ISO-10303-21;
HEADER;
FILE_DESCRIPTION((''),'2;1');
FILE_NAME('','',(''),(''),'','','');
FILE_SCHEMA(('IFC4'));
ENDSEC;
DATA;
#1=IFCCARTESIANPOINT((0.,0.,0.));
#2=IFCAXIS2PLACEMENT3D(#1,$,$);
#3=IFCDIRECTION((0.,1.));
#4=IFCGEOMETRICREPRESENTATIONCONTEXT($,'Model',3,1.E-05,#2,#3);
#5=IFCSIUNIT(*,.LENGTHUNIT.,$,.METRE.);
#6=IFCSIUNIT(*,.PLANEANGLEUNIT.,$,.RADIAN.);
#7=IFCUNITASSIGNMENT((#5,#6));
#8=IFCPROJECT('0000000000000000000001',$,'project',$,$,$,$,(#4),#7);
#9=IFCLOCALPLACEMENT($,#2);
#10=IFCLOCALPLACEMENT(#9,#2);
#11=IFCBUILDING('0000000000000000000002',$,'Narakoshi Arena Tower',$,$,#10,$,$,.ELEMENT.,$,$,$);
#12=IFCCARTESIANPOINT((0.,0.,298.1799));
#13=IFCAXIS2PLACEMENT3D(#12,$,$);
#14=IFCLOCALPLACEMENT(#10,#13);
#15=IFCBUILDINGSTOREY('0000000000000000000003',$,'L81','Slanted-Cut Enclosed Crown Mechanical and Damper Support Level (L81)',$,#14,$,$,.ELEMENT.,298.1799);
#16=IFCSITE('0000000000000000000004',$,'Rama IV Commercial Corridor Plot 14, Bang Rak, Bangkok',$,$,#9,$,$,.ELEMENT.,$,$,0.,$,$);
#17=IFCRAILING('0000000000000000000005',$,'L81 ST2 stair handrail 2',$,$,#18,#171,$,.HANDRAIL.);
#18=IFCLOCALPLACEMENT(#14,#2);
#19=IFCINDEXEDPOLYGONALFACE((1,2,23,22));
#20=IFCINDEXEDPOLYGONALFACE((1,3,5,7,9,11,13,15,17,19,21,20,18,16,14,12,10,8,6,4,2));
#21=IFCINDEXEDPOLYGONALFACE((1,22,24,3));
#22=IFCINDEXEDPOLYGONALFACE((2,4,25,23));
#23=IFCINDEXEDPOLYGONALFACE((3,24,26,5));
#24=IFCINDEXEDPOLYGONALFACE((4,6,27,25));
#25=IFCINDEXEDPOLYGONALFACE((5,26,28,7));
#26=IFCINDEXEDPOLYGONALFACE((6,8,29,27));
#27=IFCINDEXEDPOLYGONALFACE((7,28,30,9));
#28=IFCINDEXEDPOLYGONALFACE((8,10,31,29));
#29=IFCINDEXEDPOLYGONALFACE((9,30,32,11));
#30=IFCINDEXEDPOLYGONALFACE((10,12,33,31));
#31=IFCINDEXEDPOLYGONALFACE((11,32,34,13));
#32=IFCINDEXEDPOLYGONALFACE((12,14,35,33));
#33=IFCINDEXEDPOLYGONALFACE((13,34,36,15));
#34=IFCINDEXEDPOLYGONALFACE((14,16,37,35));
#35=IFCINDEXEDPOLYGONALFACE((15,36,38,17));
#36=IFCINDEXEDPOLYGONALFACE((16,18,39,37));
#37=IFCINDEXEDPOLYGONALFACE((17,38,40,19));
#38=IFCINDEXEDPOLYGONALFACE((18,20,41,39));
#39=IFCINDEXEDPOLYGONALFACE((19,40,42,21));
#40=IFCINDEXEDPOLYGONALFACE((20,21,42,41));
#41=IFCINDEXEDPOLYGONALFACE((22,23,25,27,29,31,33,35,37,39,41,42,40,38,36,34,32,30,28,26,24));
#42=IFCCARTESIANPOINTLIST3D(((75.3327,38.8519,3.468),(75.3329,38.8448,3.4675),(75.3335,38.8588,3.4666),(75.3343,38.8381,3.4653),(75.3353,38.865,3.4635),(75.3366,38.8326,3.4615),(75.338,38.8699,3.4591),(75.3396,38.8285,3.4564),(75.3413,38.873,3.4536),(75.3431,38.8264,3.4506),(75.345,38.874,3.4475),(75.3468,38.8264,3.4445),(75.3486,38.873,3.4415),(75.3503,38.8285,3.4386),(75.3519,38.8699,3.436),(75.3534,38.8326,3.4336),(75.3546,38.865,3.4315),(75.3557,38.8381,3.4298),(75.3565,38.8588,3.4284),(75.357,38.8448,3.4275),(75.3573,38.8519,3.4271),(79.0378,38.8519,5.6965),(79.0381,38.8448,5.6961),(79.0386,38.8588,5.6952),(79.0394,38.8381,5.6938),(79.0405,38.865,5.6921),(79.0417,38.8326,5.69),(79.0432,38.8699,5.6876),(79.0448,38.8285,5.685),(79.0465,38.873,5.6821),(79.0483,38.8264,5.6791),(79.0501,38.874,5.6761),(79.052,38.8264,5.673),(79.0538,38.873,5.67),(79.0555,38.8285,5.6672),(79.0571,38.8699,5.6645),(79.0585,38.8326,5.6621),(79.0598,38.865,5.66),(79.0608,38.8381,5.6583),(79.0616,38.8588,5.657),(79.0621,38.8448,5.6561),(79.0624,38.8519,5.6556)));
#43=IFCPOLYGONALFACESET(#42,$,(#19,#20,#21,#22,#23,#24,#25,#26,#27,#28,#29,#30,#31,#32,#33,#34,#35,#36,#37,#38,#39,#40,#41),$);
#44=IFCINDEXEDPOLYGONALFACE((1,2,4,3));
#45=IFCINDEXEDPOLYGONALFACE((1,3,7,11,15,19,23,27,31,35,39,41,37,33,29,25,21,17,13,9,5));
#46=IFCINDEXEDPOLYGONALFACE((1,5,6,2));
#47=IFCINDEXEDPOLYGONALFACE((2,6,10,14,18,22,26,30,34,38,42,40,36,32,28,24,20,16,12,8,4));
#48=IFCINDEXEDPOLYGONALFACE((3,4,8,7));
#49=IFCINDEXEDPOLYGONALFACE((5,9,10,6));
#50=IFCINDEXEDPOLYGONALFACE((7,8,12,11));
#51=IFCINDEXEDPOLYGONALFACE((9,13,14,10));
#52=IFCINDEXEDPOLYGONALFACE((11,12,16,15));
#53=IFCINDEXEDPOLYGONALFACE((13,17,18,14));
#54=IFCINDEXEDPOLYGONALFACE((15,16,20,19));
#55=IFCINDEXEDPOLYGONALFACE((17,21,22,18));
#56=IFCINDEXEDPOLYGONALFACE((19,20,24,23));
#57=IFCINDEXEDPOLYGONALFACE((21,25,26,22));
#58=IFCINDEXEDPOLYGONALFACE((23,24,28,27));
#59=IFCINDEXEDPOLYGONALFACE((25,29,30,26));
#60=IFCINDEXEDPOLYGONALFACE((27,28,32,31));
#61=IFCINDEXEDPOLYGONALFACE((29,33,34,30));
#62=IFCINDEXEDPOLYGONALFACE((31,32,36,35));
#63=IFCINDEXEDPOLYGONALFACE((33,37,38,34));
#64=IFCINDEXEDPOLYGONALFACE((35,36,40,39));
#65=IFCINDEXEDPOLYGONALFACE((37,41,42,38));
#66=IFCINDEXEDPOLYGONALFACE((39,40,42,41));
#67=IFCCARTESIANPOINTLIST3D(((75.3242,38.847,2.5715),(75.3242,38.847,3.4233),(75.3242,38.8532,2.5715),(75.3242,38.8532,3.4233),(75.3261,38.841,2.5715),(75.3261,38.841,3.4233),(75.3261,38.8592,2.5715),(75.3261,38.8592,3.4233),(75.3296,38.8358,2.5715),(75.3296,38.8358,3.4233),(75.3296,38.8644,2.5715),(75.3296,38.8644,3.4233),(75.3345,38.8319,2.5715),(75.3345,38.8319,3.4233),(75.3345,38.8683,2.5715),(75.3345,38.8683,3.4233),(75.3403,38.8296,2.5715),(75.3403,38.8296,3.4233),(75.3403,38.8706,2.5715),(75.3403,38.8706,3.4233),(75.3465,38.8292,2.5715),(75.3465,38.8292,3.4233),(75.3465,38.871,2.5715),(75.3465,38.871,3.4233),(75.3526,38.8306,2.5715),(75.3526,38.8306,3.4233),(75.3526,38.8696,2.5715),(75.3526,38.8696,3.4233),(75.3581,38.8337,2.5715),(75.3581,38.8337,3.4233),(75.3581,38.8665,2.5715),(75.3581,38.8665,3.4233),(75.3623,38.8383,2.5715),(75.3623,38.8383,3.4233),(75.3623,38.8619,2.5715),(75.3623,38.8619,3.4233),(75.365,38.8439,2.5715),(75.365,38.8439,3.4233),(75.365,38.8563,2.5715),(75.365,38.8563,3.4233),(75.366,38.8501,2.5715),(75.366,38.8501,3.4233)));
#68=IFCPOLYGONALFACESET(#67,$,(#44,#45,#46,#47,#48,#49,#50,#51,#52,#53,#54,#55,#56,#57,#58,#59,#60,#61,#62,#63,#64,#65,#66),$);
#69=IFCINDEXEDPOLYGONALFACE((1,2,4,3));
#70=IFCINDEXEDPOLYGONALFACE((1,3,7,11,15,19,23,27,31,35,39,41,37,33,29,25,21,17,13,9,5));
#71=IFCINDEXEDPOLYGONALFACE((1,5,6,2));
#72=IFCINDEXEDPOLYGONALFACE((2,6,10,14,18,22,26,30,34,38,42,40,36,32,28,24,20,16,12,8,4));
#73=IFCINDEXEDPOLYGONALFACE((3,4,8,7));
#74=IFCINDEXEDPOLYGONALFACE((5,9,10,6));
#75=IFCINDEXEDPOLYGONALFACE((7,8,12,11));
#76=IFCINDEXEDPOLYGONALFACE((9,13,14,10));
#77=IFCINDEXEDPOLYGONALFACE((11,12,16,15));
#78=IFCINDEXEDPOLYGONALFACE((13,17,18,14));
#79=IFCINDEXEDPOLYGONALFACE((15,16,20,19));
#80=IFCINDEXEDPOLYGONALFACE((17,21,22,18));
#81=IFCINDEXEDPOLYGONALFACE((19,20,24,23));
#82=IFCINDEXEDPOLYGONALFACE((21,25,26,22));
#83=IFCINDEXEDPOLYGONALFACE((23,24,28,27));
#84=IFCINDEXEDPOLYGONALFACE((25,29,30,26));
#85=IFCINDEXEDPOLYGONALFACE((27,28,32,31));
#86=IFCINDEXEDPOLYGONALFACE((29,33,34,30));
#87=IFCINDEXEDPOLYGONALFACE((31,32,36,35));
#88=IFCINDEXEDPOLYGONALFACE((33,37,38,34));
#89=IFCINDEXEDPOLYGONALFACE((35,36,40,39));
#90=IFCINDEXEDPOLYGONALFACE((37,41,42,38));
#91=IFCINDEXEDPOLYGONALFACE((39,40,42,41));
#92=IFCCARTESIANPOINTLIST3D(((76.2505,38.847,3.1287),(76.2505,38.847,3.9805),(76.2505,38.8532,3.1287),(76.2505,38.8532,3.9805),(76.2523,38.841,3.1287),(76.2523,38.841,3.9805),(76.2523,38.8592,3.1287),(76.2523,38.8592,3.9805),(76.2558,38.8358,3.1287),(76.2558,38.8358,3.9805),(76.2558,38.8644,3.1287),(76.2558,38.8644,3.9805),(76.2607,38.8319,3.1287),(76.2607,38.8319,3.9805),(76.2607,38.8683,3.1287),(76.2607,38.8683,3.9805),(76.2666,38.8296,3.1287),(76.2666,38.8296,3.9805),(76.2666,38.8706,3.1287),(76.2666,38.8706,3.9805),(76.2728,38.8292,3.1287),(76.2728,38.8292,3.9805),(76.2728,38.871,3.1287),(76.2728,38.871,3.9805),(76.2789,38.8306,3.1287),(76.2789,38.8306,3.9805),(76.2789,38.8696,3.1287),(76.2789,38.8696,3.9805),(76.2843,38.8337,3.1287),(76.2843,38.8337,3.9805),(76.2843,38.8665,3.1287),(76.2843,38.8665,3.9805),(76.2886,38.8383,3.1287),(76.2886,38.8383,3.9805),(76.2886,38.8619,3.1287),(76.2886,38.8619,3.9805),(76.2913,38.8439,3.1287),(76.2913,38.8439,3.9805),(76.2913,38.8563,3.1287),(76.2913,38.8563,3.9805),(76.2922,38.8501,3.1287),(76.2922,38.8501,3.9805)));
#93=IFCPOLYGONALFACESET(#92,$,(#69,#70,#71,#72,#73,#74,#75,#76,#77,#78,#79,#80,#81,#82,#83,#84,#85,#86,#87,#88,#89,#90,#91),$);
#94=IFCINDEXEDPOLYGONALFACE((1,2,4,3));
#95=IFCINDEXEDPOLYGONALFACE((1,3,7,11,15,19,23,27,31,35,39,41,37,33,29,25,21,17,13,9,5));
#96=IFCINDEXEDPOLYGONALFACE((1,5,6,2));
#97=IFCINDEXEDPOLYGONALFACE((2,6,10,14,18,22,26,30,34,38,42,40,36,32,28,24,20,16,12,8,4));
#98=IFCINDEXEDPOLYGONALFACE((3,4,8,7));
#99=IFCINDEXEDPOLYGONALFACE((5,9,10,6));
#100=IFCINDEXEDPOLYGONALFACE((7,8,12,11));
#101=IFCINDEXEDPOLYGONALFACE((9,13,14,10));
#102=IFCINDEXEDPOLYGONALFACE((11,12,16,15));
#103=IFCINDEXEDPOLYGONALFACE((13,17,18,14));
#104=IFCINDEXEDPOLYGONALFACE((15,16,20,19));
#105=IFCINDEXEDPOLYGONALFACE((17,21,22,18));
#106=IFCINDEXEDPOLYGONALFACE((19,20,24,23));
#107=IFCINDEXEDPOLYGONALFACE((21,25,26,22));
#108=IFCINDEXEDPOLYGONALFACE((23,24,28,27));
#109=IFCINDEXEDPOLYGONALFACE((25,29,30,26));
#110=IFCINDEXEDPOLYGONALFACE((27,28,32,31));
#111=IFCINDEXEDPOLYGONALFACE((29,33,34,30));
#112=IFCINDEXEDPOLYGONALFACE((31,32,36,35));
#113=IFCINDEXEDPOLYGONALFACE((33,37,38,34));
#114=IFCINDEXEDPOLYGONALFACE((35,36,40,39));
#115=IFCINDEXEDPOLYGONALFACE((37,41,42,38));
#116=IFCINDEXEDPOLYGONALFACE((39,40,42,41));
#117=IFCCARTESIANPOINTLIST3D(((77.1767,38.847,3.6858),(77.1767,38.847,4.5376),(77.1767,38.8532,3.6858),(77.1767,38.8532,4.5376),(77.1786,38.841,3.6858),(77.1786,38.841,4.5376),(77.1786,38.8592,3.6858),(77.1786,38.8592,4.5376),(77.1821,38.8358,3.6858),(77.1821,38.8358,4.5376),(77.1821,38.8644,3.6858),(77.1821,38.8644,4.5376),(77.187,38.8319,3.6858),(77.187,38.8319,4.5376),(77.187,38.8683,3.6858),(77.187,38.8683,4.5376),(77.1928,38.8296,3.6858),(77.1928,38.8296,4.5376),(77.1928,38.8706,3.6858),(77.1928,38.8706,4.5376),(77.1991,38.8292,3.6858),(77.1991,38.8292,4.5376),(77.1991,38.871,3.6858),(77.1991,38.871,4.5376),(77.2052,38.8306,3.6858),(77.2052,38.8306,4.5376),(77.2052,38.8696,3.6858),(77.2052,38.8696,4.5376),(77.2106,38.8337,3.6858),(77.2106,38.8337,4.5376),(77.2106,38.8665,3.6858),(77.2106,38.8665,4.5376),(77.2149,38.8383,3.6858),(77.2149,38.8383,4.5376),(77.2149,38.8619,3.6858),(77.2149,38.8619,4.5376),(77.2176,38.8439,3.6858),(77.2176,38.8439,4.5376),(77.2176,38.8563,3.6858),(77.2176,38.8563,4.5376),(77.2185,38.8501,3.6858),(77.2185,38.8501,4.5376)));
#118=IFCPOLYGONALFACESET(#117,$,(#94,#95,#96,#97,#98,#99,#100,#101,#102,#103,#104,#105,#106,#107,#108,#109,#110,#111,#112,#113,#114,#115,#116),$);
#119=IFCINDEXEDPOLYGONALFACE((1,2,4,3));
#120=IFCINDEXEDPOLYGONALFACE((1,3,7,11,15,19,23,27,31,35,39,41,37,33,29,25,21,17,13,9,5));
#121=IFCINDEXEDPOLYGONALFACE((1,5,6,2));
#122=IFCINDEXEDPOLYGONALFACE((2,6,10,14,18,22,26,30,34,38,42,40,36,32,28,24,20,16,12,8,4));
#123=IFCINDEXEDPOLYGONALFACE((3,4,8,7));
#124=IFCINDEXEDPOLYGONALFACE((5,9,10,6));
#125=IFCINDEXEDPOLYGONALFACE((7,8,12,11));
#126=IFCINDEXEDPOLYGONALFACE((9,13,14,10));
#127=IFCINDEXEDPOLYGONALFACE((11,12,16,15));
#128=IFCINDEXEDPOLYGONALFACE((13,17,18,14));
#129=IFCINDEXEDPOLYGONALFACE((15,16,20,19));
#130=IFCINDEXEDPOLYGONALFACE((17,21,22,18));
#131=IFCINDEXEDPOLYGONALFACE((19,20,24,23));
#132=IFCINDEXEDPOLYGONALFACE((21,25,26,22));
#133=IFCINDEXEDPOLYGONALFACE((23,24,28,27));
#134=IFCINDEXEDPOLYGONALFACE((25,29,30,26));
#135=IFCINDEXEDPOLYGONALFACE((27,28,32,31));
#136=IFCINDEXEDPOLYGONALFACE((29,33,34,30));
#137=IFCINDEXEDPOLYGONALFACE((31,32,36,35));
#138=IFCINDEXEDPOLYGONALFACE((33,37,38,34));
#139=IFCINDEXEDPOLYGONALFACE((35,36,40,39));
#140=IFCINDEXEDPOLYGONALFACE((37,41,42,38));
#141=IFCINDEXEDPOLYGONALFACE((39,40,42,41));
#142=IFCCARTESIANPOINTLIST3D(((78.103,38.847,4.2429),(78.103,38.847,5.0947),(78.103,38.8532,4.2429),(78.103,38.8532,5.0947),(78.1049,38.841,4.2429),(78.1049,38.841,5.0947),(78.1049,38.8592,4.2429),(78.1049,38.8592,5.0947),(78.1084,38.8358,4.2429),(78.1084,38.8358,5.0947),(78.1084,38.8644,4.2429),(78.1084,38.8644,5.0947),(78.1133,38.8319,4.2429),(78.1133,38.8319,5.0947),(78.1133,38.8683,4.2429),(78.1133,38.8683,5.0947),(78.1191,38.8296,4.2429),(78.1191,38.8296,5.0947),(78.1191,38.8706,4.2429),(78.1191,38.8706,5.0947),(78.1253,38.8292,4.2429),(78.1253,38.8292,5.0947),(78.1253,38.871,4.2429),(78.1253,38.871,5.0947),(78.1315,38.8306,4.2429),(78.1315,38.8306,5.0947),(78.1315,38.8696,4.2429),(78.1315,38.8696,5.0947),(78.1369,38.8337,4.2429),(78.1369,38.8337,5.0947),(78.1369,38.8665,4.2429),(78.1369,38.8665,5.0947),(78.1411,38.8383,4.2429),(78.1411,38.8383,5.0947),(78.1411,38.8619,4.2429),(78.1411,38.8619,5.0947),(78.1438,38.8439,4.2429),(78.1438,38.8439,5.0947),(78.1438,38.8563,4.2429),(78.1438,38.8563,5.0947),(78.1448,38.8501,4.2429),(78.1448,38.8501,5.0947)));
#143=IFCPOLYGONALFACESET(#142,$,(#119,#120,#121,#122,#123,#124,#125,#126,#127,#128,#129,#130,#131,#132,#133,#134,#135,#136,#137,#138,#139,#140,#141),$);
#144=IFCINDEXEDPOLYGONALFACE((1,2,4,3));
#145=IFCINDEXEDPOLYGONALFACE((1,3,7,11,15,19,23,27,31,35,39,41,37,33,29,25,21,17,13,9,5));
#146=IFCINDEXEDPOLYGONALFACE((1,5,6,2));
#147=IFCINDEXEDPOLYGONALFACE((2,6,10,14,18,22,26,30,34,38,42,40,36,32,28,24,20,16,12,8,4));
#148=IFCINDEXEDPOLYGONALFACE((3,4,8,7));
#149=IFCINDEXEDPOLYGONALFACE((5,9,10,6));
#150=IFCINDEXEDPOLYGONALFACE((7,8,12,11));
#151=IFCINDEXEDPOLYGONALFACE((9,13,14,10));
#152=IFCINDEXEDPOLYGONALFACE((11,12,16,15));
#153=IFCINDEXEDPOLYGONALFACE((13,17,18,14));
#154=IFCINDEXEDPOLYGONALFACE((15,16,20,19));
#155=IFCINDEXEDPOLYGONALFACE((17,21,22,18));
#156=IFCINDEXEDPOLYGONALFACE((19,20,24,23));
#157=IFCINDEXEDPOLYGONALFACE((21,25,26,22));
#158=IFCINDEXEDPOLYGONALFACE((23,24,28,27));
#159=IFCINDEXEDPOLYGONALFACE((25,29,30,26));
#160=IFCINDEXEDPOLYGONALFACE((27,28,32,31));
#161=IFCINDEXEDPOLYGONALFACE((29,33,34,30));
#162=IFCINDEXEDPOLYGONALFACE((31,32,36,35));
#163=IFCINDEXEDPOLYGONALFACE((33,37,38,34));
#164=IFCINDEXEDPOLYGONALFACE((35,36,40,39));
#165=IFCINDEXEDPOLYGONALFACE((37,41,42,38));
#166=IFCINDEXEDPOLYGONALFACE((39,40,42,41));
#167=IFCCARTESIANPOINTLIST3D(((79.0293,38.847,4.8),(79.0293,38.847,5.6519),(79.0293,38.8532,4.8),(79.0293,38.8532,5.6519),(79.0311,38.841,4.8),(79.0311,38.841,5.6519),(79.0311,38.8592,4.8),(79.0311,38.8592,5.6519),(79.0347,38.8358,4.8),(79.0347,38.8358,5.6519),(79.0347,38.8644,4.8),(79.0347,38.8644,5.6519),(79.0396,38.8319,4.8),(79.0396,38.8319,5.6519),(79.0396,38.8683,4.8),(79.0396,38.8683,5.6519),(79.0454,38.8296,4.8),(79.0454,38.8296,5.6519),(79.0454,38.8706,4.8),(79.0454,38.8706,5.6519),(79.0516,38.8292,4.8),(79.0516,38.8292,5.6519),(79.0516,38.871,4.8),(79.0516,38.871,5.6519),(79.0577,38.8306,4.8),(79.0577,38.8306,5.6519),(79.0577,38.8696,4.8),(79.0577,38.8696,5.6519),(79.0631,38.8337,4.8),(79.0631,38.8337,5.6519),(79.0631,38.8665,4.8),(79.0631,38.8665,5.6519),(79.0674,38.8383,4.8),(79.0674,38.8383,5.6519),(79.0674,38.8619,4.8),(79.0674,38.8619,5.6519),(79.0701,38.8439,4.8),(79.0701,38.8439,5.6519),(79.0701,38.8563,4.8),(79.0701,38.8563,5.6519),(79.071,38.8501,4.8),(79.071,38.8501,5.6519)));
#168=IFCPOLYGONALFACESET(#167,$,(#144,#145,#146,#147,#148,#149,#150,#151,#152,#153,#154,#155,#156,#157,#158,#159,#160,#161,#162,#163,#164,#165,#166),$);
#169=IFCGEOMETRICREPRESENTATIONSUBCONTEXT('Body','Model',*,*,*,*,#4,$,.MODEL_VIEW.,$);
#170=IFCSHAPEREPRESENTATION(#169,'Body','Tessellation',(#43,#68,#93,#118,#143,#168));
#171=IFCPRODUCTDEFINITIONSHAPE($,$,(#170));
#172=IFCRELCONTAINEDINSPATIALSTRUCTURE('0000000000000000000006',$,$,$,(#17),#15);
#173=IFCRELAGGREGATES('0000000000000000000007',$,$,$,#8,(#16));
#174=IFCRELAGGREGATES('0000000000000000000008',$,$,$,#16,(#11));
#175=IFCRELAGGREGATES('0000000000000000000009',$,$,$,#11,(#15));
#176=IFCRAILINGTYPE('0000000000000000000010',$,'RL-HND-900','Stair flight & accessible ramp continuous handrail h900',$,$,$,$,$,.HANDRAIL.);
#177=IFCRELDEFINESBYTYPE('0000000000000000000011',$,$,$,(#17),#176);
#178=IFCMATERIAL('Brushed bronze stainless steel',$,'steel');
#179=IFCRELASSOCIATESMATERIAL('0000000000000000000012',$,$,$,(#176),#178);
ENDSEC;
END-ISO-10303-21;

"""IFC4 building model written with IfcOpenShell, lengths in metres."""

from ifc_helpers import new_model, si_unit, direction, frame, origin, origin_2d, place, context, subcontext, project, spatial, circle, extrude, material, type_object, element, save


model = new_model("IFC4")

# Units and contexts
model_context = context("Model", 3, precision=1e-05, world=origin(), true_north=direction((0.0, 1.0)))
body_context = subcontext(model_context, "Body", "Model", "MODEL_VIEW")
ifc_project = project(units=[si_unit("LENGTHUNIT", "METRE"), si_unit("PLANEANGLEUNIT", "RADIAN")], contexts=[model_context])

# Site, building, storey
site_placement = place(None, origin())
site = spatial("IfcSite", under=ifc_project, at=site_placement, Name="Rama IV Commercial Corridor Plot 14, Bang Rak, Bangkok", CompositionType="ELEMENT", RefElevation=0.0)
building_placement = place(site_placement, origin())
building = spatial("IfcBuilding", under=site, at=building_placement, Name="Narakoshi Arena Tower", CompositionType="ELEMENT")
storey_placement = place(building_placement, frame((0.0, 0.0, 298.1799)))
storey = spatial("IfcBuildingStorey", under=building, at=storey_placement, Name="L81", Description="Slanted-Cut Enclosed Crown Mechanical and Damper Support Level (L81)", CompositionType="ELEMENT", Elevation=298.1799)

# Railing
ifc_material_1 = material(Name="Brushed bronze stainless steel", Category="steel")
railing_type_1 = type_object("IfcRailingType", Name="RL-HND-900", Description="Stair flight & accessible ramp continuous handrail h900", PredefinedType="HANDRAIL", material=ifc_material_1)
railing_1_placement = place(storey_placement, frame((75.345, 38.8501, 2.5715)))
element("IfcRailing", 1, at=railing_1_placement, inside=storey, type_object=railing_type_1, Name="L81 ST2 stair handrail 2", PredefinedType="HANDRAIL", context=body_context, shape_type="SweptSolid", body=[
    extrude(circle(Radius=0.0239, at=origin_2d()), frame((0.0, 0.0, 0.876), z_axis=(0.856934, 0.0, 0.515425), x_axis=(0.0, 1.0, 0.0)), (0.0, 0.0, 1.0), 4.3237),
    extrude(circle(Radius=0.021, at=origin_2d()), origin(), (0.0, 0.0, 1.0), 0.8518),
    extrude(circle(Radius=0.021, at=origin_2d()), frame((0.9263, 0.0, 0.5571)), (0.0, 0.0, 1.0), 0.8518),
    extrude(circle(Radius=0.021, at=origin_2d()), frame((1.8525, 0.0, 1.1143)), (0.0, 0.0, 1.0), 0.8518),
    extrude(circle(Radius=0.021, at=origin_2d()), frame((2.7788, 0.0, 1.6714)), (0.0, 0.0, 1.0), 0.8518),
    extrude(circle(Radius=0.021, at=origin_2d()), frame((3.7051, 0.0, 2.2285)), (0.0, 0.0, 1.0), 0.8518),
])

save(model, "model.ifc")
